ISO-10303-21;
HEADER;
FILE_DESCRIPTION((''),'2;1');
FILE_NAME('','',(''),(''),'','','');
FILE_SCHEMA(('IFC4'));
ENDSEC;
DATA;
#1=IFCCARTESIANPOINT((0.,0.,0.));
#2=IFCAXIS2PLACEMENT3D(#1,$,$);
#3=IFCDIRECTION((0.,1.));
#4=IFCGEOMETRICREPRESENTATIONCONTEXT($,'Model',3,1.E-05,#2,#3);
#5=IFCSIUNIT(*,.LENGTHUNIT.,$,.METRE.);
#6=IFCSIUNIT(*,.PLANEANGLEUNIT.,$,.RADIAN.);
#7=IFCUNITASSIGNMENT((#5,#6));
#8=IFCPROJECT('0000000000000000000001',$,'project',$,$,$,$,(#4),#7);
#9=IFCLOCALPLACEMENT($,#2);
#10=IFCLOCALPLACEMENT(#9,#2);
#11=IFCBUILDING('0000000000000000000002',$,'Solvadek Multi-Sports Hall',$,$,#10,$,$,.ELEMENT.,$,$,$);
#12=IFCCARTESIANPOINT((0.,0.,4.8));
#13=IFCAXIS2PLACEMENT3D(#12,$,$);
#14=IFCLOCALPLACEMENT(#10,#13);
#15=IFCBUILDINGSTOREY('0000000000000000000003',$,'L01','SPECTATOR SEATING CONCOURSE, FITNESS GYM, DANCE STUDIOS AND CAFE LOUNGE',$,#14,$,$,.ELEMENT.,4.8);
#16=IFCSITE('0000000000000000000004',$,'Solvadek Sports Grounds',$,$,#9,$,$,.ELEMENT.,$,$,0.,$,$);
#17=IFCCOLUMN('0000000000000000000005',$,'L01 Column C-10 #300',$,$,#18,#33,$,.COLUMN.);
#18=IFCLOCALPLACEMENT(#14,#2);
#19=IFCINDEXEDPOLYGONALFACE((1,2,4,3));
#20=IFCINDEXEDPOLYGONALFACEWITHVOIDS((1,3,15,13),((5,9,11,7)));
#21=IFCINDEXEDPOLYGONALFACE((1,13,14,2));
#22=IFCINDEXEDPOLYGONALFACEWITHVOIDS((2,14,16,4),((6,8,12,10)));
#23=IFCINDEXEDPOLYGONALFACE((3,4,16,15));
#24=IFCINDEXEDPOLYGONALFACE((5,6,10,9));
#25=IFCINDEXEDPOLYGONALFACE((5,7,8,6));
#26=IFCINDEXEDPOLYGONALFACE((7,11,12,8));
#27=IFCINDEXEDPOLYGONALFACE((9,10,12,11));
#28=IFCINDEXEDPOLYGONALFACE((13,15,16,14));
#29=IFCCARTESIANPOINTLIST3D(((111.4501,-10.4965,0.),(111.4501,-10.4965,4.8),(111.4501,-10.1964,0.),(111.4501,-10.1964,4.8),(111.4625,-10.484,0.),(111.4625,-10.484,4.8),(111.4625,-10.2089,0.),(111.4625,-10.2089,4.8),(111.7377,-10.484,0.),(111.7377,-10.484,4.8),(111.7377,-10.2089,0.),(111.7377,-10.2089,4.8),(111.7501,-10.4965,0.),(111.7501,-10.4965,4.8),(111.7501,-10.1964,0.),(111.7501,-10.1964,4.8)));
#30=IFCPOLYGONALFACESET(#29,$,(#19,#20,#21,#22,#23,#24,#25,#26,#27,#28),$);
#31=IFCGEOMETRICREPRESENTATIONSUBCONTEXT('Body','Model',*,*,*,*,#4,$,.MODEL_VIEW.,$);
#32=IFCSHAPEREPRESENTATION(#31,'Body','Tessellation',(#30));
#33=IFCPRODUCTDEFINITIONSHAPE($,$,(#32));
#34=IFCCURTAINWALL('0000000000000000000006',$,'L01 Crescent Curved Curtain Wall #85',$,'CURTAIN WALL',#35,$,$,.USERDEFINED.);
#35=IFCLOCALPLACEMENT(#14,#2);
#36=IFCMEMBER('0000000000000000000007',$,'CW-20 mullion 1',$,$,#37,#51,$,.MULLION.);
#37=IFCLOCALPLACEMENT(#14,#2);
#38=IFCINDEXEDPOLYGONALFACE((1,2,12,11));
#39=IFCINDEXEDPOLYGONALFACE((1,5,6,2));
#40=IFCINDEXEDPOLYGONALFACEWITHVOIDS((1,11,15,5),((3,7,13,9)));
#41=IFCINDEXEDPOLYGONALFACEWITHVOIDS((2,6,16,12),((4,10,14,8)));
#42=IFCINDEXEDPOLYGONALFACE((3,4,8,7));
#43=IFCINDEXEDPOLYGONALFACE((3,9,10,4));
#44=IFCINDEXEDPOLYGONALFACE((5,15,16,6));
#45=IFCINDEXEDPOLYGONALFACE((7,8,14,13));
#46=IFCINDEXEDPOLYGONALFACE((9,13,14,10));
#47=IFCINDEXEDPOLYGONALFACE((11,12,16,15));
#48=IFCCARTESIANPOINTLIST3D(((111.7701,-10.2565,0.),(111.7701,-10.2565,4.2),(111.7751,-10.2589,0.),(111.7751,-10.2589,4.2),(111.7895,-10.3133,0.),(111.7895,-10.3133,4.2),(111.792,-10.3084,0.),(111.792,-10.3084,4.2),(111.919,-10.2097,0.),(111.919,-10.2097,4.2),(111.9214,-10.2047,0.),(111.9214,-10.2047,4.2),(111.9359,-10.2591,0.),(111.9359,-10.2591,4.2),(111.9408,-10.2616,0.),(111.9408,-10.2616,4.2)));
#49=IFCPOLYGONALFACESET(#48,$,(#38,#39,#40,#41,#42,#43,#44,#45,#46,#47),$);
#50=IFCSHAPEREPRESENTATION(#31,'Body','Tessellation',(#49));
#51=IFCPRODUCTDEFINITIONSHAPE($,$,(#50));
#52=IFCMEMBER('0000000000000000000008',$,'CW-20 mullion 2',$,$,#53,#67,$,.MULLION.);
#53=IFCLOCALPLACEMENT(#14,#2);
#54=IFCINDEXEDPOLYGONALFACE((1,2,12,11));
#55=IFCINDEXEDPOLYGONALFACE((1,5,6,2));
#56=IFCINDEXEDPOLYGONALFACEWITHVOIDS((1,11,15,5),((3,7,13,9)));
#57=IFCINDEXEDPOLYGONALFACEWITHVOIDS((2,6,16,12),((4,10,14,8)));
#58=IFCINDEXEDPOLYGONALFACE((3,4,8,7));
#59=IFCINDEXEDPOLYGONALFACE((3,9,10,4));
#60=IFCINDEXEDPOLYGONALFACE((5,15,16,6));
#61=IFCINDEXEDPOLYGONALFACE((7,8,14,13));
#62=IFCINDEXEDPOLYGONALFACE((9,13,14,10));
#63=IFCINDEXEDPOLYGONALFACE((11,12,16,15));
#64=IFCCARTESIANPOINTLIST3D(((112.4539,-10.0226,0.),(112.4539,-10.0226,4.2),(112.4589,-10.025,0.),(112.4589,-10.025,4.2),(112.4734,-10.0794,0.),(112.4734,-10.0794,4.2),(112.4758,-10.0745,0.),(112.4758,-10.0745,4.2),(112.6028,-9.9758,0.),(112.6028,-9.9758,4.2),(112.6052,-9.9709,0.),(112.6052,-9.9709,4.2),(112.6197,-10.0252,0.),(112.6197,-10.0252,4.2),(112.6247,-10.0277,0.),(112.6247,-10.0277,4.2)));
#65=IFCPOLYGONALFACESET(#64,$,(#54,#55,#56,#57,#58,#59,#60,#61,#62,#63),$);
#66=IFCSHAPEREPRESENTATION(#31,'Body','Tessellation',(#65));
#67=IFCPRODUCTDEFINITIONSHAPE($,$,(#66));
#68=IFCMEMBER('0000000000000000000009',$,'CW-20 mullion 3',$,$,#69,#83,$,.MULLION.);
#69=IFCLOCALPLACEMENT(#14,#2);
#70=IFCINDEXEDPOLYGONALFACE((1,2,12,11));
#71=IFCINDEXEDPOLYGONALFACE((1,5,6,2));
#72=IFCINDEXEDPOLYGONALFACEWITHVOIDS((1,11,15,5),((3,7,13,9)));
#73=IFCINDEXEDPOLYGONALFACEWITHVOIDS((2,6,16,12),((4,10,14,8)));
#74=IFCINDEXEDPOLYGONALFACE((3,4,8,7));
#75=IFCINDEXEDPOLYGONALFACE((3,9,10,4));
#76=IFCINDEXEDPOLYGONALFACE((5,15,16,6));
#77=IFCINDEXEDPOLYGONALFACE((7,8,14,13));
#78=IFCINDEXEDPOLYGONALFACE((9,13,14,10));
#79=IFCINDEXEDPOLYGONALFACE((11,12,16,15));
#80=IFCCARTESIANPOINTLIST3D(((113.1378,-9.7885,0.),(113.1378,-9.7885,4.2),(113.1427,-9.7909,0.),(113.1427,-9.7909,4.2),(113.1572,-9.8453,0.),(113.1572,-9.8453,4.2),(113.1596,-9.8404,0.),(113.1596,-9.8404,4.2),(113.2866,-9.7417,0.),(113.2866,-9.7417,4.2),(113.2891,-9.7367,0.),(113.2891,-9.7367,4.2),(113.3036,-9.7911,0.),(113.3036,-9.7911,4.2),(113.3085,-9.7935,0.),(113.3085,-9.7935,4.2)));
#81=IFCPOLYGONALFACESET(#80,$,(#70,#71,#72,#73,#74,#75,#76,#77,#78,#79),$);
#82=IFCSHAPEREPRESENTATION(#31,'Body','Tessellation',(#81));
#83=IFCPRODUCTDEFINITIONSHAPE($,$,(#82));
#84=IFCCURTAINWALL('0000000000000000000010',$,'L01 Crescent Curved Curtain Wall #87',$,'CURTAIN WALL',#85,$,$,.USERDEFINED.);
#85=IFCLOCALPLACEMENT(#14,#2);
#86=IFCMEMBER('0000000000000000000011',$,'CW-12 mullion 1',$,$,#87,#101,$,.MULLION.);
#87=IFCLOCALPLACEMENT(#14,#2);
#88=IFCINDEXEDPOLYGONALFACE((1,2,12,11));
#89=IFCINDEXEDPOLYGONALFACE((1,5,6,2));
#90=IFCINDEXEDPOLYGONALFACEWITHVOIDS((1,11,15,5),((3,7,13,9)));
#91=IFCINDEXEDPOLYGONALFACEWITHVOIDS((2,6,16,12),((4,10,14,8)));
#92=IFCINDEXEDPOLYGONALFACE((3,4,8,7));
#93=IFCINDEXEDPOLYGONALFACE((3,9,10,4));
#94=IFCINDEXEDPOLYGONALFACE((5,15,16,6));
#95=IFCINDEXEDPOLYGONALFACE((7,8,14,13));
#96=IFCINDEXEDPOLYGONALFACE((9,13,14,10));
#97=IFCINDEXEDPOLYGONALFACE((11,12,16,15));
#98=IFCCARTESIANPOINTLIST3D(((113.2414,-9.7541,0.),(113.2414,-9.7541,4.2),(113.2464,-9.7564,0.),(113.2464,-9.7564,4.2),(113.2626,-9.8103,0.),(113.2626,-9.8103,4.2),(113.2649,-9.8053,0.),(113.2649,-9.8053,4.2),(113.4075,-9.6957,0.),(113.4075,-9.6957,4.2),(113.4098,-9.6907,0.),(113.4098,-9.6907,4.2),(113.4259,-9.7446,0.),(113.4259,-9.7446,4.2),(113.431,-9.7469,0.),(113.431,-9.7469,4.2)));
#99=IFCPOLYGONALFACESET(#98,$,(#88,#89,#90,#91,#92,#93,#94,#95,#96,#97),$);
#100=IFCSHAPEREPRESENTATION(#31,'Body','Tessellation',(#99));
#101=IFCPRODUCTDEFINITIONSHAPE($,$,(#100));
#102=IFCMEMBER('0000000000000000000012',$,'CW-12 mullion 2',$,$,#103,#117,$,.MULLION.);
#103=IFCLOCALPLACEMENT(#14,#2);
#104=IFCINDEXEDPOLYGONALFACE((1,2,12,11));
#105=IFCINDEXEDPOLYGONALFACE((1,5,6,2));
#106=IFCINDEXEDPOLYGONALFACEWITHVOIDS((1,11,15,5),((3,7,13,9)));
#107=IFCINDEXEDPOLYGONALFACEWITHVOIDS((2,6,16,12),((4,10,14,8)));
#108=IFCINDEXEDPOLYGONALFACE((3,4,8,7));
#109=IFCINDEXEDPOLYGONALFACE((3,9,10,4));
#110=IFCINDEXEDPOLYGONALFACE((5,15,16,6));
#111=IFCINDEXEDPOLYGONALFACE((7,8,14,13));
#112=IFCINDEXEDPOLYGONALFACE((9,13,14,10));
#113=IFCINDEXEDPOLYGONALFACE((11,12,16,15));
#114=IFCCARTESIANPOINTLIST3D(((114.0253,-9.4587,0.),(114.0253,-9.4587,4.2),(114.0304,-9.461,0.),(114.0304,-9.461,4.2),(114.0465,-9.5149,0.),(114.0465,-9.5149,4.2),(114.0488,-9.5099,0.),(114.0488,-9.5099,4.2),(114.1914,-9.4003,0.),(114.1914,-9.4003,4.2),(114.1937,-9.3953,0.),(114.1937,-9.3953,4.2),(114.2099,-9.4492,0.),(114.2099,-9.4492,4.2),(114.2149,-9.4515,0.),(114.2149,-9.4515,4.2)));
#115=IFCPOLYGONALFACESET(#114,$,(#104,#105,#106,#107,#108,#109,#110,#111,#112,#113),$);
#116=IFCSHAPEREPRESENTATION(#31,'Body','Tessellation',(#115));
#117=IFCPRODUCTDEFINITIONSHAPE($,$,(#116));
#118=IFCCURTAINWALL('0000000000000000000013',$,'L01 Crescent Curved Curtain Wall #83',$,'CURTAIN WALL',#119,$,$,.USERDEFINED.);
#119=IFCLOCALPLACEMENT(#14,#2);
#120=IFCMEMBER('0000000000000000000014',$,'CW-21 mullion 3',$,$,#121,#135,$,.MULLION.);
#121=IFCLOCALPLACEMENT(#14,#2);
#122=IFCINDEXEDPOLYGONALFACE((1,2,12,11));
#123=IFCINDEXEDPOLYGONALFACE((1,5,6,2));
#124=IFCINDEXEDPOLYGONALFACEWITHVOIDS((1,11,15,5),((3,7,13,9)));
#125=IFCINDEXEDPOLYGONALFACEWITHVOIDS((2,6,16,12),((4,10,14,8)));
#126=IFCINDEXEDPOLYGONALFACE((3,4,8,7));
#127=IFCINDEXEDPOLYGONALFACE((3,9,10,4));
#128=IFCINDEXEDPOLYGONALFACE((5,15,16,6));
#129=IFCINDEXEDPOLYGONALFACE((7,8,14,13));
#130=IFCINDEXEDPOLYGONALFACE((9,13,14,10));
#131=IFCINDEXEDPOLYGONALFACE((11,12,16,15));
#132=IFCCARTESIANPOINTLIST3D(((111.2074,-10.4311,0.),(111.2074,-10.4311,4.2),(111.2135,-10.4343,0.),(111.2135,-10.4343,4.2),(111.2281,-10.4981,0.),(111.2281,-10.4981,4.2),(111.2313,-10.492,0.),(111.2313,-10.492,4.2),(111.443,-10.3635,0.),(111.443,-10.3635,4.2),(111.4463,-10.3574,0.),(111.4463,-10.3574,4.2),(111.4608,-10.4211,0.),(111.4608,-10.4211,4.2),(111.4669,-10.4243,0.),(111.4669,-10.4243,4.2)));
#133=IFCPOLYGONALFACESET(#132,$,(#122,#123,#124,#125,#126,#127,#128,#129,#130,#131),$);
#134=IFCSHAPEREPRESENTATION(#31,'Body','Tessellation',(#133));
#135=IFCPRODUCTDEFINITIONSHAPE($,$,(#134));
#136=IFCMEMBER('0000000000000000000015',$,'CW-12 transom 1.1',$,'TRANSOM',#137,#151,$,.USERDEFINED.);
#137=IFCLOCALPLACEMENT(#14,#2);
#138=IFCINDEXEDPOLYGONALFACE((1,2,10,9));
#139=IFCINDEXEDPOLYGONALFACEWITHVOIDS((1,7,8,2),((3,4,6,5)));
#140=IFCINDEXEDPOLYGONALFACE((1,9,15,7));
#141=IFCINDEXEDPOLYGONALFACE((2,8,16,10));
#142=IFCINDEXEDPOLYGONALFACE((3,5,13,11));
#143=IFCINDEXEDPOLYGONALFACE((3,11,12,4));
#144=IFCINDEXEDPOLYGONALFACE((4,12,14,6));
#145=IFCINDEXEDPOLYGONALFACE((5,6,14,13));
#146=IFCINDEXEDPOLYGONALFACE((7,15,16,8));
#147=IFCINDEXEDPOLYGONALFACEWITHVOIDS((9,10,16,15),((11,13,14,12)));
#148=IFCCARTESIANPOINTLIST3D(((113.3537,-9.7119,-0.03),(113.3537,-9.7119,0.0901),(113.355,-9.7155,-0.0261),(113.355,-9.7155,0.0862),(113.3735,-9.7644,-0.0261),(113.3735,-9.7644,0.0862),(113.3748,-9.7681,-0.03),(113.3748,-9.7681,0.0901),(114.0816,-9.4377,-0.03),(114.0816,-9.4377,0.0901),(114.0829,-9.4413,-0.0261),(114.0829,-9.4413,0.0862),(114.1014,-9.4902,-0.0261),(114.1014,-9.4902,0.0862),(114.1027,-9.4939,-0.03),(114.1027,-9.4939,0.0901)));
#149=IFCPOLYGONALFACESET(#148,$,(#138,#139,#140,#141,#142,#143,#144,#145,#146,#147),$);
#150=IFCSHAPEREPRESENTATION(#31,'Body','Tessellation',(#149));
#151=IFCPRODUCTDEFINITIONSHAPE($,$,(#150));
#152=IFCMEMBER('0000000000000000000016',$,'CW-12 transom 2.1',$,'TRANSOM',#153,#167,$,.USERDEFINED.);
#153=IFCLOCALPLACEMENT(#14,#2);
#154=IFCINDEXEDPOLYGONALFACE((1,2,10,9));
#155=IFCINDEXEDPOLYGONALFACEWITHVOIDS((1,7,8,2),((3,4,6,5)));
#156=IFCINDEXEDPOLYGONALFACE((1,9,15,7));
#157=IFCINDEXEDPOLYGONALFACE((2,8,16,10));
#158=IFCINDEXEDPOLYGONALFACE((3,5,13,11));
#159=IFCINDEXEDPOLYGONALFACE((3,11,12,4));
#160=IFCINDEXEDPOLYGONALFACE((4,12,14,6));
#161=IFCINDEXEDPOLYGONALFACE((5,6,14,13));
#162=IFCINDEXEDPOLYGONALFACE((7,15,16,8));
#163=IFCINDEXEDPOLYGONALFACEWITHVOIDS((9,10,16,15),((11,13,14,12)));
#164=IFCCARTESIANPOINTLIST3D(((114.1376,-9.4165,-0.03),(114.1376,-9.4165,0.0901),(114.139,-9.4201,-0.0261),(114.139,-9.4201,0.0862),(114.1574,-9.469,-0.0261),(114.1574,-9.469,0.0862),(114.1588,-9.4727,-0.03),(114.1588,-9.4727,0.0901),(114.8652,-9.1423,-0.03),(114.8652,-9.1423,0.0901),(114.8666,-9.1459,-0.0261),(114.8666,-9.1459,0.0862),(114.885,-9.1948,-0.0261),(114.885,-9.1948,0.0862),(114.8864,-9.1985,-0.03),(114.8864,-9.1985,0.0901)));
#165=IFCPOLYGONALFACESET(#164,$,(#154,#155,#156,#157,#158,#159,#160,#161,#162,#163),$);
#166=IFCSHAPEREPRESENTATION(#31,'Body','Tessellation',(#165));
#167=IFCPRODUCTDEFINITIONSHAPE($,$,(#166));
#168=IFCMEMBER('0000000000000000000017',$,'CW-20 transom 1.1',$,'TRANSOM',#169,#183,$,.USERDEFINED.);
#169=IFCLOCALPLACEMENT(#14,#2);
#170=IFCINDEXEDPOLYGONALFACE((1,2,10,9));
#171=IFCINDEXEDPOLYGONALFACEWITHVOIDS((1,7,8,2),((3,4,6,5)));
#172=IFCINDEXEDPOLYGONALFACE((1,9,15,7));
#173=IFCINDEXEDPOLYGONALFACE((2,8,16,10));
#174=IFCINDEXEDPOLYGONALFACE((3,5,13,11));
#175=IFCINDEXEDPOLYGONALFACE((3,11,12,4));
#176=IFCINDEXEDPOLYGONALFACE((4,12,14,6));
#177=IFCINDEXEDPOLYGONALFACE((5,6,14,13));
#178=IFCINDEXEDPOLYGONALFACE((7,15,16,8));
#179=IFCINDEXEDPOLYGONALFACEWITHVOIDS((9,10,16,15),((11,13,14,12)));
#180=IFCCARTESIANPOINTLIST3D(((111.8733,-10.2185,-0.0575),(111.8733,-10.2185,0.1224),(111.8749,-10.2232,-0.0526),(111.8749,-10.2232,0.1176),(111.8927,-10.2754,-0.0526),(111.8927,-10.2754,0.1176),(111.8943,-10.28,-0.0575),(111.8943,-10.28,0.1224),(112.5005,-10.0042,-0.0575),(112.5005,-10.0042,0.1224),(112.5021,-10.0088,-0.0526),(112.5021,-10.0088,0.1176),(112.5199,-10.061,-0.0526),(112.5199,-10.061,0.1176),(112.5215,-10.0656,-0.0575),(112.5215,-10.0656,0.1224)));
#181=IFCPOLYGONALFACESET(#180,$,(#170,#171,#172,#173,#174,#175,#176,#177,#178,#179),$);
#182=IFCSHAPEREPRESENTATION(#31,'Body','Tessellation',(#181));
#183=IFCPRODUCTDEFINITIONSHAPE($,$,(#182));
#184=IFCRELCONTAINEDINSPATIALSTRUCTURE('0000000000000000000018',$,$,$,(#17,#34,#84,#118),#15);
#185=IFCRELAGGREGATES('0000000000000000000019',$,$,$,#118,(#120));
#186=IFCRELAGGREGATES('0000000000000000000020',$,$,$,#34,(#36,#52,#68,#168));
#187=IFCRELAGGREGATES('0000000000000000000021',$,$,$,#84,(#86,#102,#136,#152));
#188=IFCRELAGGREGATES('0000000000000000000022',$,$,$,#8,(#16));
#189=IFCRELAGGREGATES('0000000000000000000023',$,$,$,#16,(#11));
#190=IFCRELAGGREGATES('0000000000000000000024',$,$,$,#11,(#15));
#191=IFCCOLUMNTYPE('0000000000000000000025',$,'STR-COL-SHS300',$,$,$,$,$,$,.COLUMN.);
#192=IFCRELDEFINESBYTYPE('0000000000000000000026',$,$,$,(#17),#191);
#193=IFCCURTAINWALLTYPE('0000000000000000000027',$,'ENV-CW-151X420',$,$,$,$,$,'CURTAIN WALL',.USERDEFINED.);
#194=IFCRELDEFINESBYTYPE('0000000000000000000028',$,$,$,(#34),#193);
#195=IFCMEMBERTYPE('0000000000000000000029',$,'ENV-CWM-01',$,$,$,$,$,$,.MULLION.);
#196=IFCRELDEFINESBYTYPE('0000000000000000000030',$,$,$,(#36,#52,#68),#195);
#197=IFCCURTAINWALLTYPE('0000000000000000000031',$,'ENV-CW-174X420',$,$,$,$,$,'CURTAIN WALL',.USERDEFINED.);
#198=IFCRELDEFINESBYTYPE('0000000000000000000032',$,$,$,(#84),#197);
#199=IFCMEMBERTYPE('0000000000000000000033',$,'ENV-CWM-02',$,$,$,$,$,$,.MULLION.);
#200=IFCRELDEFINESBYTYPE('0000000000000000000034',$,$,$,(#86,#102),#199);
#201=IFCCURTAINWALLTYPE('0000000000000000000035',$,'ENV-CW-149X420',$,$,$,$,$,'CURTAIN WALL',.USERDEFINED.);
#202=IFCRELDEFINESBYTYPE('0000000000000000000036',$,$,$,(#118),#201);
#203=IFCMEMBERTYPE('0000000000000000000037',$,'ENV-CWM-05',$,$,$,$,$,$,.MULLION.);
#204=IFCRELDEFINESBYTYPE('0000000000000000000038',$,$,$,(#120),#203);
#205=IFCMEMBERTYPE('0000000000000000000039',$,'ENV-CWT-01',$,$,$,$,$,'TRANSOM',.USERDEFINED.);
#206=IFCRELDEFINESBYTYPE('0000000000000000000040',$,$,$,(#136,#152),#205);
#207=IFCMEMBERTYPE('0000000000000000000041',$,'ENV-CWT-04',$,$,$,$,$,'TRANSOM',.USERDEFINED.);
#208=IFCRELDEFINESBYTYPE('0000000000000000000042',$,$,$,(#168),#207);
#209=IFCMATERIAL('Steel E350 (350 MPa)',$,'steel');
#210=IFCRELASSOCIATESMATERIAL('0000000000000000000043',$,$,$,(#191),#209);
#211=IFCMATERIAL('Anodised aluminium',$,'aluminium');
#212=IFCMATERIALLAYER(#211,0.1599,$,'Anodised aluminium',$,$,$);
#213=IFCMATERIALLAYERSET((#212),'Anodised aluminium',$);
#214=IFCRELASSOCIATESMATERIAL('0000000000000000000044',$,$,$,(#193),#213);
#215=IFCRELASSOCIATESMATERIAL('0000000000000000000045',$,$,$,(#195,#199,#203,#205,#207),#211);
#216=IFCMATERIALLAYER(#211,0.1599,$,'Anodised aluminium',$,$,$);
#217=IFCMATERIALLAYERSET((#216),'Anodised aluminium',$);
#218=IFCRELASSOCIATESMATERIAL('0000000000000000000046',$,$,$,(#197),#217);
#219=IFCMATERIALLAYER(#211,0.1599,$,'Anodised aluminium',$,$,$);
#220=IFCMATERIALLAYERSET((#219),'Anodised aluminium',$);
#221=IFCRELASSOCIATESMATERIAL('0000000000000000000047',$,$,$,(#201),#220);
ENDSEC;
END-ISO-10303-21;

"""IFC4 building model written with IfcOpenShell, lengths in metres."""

from ifc_helpers import new_model, si_unit, direction, frame, origin, origin_2d, place, context, subcontext, project, spatial, hollow_rectangle, extrude, material, layer, layer_set, material_profile, profile_set, type_object, element, aggregate, save


model = new_model("IFC4")

# Units and contexts
model_context = context("Model", 3, precision=1e-05, world=origin(), true_north=direction((0.0, 1.0)))
body_context = subcontext(model_context, "Body", "Model", "MODEL_VIEW")
ifc_project = project(units=[si_unit("LENGTHUNIT", "METRE"), si_unit("PLANEANGLEUNIT", "RADIAN")], contexts=[model_context])

# Site, building, storey
site_placement = place(None, origin())
site = spatial("IfcSite", under=ifc_project, at=site_placement, Name="Solvadek Sports Grounds", CompositionType="ELEMENT", RefElevation=0.0)
building_placement = place(site_placement, origin())
building = spatial("IfcBuilding", under=site, at=building_placement, Name="Solvadek Multi-Sports Hall", CompositionType="ELEMENT")
storey_placement = place(building_placement, frame((0.0, 0.0, 4.8)))
storey = spatial("IfcBuildingStorey", under=building, at=storey_placement, Name="L01", Description="SPECTATOR SEATING CONCOURSE, FITNESS GYM, DANCE STUDIOS AND CAFE LOUNGE", CompositionType="ELEMENT", Elevation=4.8)

# Column
ifc_material_1 = material(Name="Steel E350 (350 MPa)", Category="steel")
ifc_material_profile_1 = material_profile(ifc_material_1, hollow_rectangle(XDim=0.3, YDim=0.3, WallThickness=0.0125, at=origin_2d()), Name="SHS 300x300x12.5")
ifc_profile_set_1 = profile_set([ifc_material_profile_1], Name="Steel E350 (350 MPa)")
column_type = type_object("IfcColumnType", Name="STR-COL-SHS300", PredefinedType="COLUMN", material=ifc_profile_set_1)
column_placement = place(storey_placement, frame((111.6001, -10.3464, 0.0), z_axis=(0.0, 0.0, 1.0), x_axis=(1.0, 0.0, 0.0)))
element("IfcColumn", 1, at=column_placement, inside=storey, type_object=column_type, Name="L01 Column C-10 #300", PredefinedType="COLUMN", context=body_context, shape_type="SweptSolid", body=[
    extrude(hollow_rectangle(XDim=0.3, YDim=0.3, WallThickness=0.0125, at=origin_2d()), origin(), (0.0, 0.0, 1.0), 4.8),
])

# Curtain walls, members
ifc_material_2 = material(Name="Anodised aluminium", Category="aluminium")
ifc_layer_1 = layer(ifc_material_2, 0.1599, Name="Anodised aluminium")
ifc_layer_set_1 = layer_set([ifc_layer_1], Name="Anodised aluminium")
curtain_wall_type_1 = type_object("IfcCurtainWallType", Name="ENV-CW-151X420", ElementType="CURTAIN WALL", PredefinedType="USERDEFINED", material=ifc_layer_set_1)
curtain_wall_1_placement = place(storey_placement, origin())
curtain_wall_1 = element("IfcCurtainWall", 2, at=curtain_wall_1_placement, inside=storey, type_object=curtain_wall_type_1, Name="L01 Crescent Curved Curtain Wall #85", ObjectType="CURTAIN WALL", PredefinedType="USERDEFINED")
ifc_material_profile_2 = material_profile(ifc_material_2, hollow_rectangle(XDim=0.0601, YDim=0.1599, WallThickness=0.0039, at=origin_2d()), Name="ALU-M 160x60x4")
ifc_profile_set_2 = profile_set([ifc_material_profile_2], Name="Anodised aluminium")
member_type_1 = type_object("IfcMemberType", Name="ENV-CWM-01", PredefinedType="MULLION", material=ifc_profile_set_2)
member_1_placement = place(storey_placement, frame((111.8555, -10.259, 0.0), z_axis=(0.0, 0.0, 1.0), x_axis=(-0.32373, 0.94615, 0.0)))
member_1 = element("IfcMember", 3, at=member_1_placement, type_object=member_type_1, Name="CW-20 mullion 1", PredefinedType="MULLION", context=body_context, shape_type="SweptSolid", body=[
    extrude(hollow_rectangle(XDim=0.0601, YDim=0.1599, WallThickness=0.0039, at=origin_2d()), origin(), (0.0, 0.0, 1.0), 4.2),
])
member_2_placement = place(storey_placement, frame((112.5393, -10.0251, 0.0), z_axis=(0.0, 0.0, 1.0), x_axis=(-0.32373, 0.94615, 0.0)))
member_2 = element("IfcMember", 4, at=member_2_placement, type_object=member_type_1, Name="CW-20 mullion 2", PredefinedType="MULLION", context=body_context, shape_type="SweptSolid", body=[
    extrude(hollow_rectangle(XDim=0.0601, YDim=0.1599, WallThickness=0.0039, at=origin_2d()), origin(), (0.0, 0.0, 1.0), 4.2),
])
member_3_placement = place(storey_placement, frame((113.2231, -9.791, 0.0), z_axis=(0.0, 0.0, 1.0), x_axis=(-0.32373, 0.94615, 0.0)))
member_3 = element("IfcMember", 5, at=member_3_placement, type_object=member_type_1, Name="CW-20 mullion 3", PredefinedType="MULLION", context=body_context, shape_type="SweptSolid", body=[
    extrude(hollow_rectangle(XDim=0.0601, YDim=0.1599, WallThickness=0.0039, at=origin_2d()), origin(), (0.0, 0.0, 1.0), 4.2),
])
ifc_layer_2 = layer(ifc_material_2, 0.1599, Name="Anodised aluminium")
ifc_layer_set_2 = layer_set([ifc_layer_2], Name="Anodised aluminium")
curtain_wall_type_2 = type_object("IfcCurtainWallType", Name="ENV-CW-174X420", ElementType="CURTAIN WALL", PredefinedType="USERDEFINED", material=ifc_layer_set_2)
curtain_wall_2_placement = place(storey_placement, origin())
curtain_wall_2 = element("IfcCurtainWall", 6, at=curtain_wall_2_placement, inside=storey, type_object=curtain_wall_type_2, Name="L01 Crescent Curved Curtain Wall #87", ObjectType="CURTAIN WALL", PredefinedType="USERDEFINED")
ifc_material_profile_3 = material_profile(ifc_material_2, hollow_rectangle(XDim=0.0601, YDim=0.1799, WallThickness=0.0039, at=origin_2d()), Name="ALU-M 180x60x4")
ifc_profile_set_3 = profile_set([ifc_material_profile_3], Name="Anodised aluminium")
member_type_2 = type_object("IfcMemberType", Name="ENV-CWM-02", PredefinedType="MULLION", material=ifc_profile_set_3)
member_4_placement = place(storey_placement, frame((113.3362, -9.7505, 0.0), z_axis=(0.0, 0.0, 1.0), x_axis=(-0.352626, 0.935764, 0.0)))
member_4 = element("IfcMember", 7, at=member_4_placement, type_object=member_type_2, Name="CW-12 mullion 1", PredefinedType="MULLION", context=body_context, shape_type="SweptSolid", body=[
    extrude(hollow_rectangle(XDim=0.0601, YDim=0.1799, WallThickness=0.0039, at=origin_2d()), origin(), (0.0, 0.0, 1.0), 4.2),
])
member_5_placement = place(storey_placement, frame((114.1201, -9.4551, 0.0), z_axis=(0.0, 0.0, 1.0), x_axis=(-0.352626, 0.935764, 0.0)))
member_5 = element("IfcMember", 8, at=member_5_placement, type_object=member_type_2, Name="CW-12 mullion 2", PredefinedType="MULLION", context=body_context, shape_type="SweptSolid", body=[
    extrude(hollow_rectangle(XDim=0.0601, YDim=0.1799, WallThickness=0.0039, at=origin_2d()), origin(), (0.0, 0.0, 1.0), 4.2),
])

# Curtain wall, member
ifc_layer_3 = layer(ifc_material_2, 0.1599, Name="Anodised aluminium")
ifc_layer_set_3 = layer_set([ifc_layer_3], Name="Anodised aluminium")
curtain_wall_type_3 = type_object("IfcCurtainWallType", Name="ENV-CW-149X420", ElementType="CURTAIN WALL", PredefinedType="USERDEFINED", material=ifc_layer_set_3)
curtain_wall_3_placement = place(storey_placement, origin())
curtain_wall_3 = element("IfcCurtainWall", 9, at=curtain_wall_3_placement, inside=storey, type_object=curtain_wall_type_3, Name="L01 Crescent Curved Curtain Wall #83", ObjectType="CURTAIN WALL", PredefinedType="USERDEFINED")
ifc_material_profile_4 = material_profile(ifc_material_2, hollow_rectangle(XDim=0.0701, YDim=0.25, WallThickness=0.0049, at=origin_2d()), Name="ALU-M 250x70x5")
ifc_profile_set_4 = profile_set([ifc_material_profile_4], Name="Anodised aluminium")
member_type_3 = type_object("IfcMemberType", Name="ENV-CWM-05", PredefinedType="MULLION", material=ifc_profile_set_4)
member_6_placement = place(storey_placement, frame((111.3372, -10.4277, 0.0), z_axis=(0.0, 0.0, 1.0), x_axis=(-0.294922, 0.955521, 0.0)))
member_6 = element("IfcMember", 10, at=member_6_placement, type_object=member_type_3, Name="CW-21 mullion 3", PredefinedType="MULLION", context=body_context, shape_type="SweptSolid", body=[
    extrude(hollow_rectangle(XDim=0.0701, YDim=0.25, WallThickness=0.0049, at=origin_2d()), origin(), (0.0, 0.0, 1.0), 4.2),
])

# Members
ifc_material_profile_5 = material_profile(ifc_material_2, hollow_rectangle(XDim=0.0601, YDim=0.1201, WallThickness=0.0039, at=origin_2d()), Name="ALU-T 120x60x4")
ifc_profile_set_5 = profile_set([ifc_material_profile_5], Name="Anodised aluminium")
member_type_4 = type_object("IfcMemberType", Name="ENV-CWT-01", ElementType="TRANSOM", PredefinedType="USERDEFINED", material=ifc_profile_set_5)
member_7_placement = place(storey_placement, frame((113.3643, -9.74, 0.03), z_axis=(0.935799, 0.352534, 0.0), x_axis=(-0.352534, 0.935799, 0.0)))
member_7 = element("IfcMember", 11, at=member_7_placement, type_object=member_type_4, Name="CW-12 transom 1.1", ObjectType="TRANSOM", PredefinedType="USERDEFINED", context=body_context, shape_type="SweptSolid", body=[
    extrude(hollow_rectangle(XDim=0.0601, YDim=0.1201, WallThickness=0.0039, at=origin_2d()), origin(), (0.0, 0.0, 1.0), 0.7778),
])
member_8_placement = place(storey_placement, frame((114.1482, -9.4446, 0.03), z_axis=(0.93576, 0.352637, 0.0), x_axis=(-0.352637, 0.93576, 0.0)))
member_8 = element("IfcMember", 12, at=member_8_placement, type_object=member_type_4, Name="CW-12 transom 2.1", ObjectType="TRANSOM", PredefinedType="USERDEFINED", context=body_context, shape_type="SweptSolid", body=[
    extrude(hollow_rectangle(XDim=0.0601, YDim=0.1201, WallThickness=0.0039, at=origin_2d()), origin(), (0.0, 0.0, 1.0), 0.7776),
])
ifc_material_profile_6 = material_profile(ifc_material_2, hollow_rectangle(XDim=0.0649, YDim=0.1799, WallThickness=0.0049, at=origin_2d()), Name="ALU-T 180x65x5")
ifc_profile_set_6 = profile_set([ifc_material_profile_6], Name="Anodised aluminium")
member_type_5 = type_object("IfcMemberType", Name="ENV-CWT-04", ElementType="TRANSOM", PredefinedType="USERDEFINED", material=ifc_profile_set_6)
member_9_placement = place(storey_placement, frame((111.8838, -10.2493, 0.0325), z_axis=(0.946262, 0.323401, 0.0), x_axis=(-0.323401, 0.946262, 0.0)))
member_9 = element("IfcMember", 13, at=member_9_placement, type_object=member_type_5, Name="CW-20 transom 1.1", ObjectType="TRANSOM", PredefinedType="USERDEFINED", context=body_context, shape_type="SweptSolid", body=[
    extrude(hollow_rectangle(XDim=0.0649, YDim=0.1799, WallThickness=0.0049, at=origin_2d()), origin(), (0.0, 0.0, 1.0), 0.6628),
])

aggregate(curtain_wall_3, [member_6])
aggregate(curtain_wall_1, [member_1, member_2, member_3, member_9])
aggregate(curtain_wall_2, [member_4, member_5, member_7, member_8])

save(model, "model.ifc")
